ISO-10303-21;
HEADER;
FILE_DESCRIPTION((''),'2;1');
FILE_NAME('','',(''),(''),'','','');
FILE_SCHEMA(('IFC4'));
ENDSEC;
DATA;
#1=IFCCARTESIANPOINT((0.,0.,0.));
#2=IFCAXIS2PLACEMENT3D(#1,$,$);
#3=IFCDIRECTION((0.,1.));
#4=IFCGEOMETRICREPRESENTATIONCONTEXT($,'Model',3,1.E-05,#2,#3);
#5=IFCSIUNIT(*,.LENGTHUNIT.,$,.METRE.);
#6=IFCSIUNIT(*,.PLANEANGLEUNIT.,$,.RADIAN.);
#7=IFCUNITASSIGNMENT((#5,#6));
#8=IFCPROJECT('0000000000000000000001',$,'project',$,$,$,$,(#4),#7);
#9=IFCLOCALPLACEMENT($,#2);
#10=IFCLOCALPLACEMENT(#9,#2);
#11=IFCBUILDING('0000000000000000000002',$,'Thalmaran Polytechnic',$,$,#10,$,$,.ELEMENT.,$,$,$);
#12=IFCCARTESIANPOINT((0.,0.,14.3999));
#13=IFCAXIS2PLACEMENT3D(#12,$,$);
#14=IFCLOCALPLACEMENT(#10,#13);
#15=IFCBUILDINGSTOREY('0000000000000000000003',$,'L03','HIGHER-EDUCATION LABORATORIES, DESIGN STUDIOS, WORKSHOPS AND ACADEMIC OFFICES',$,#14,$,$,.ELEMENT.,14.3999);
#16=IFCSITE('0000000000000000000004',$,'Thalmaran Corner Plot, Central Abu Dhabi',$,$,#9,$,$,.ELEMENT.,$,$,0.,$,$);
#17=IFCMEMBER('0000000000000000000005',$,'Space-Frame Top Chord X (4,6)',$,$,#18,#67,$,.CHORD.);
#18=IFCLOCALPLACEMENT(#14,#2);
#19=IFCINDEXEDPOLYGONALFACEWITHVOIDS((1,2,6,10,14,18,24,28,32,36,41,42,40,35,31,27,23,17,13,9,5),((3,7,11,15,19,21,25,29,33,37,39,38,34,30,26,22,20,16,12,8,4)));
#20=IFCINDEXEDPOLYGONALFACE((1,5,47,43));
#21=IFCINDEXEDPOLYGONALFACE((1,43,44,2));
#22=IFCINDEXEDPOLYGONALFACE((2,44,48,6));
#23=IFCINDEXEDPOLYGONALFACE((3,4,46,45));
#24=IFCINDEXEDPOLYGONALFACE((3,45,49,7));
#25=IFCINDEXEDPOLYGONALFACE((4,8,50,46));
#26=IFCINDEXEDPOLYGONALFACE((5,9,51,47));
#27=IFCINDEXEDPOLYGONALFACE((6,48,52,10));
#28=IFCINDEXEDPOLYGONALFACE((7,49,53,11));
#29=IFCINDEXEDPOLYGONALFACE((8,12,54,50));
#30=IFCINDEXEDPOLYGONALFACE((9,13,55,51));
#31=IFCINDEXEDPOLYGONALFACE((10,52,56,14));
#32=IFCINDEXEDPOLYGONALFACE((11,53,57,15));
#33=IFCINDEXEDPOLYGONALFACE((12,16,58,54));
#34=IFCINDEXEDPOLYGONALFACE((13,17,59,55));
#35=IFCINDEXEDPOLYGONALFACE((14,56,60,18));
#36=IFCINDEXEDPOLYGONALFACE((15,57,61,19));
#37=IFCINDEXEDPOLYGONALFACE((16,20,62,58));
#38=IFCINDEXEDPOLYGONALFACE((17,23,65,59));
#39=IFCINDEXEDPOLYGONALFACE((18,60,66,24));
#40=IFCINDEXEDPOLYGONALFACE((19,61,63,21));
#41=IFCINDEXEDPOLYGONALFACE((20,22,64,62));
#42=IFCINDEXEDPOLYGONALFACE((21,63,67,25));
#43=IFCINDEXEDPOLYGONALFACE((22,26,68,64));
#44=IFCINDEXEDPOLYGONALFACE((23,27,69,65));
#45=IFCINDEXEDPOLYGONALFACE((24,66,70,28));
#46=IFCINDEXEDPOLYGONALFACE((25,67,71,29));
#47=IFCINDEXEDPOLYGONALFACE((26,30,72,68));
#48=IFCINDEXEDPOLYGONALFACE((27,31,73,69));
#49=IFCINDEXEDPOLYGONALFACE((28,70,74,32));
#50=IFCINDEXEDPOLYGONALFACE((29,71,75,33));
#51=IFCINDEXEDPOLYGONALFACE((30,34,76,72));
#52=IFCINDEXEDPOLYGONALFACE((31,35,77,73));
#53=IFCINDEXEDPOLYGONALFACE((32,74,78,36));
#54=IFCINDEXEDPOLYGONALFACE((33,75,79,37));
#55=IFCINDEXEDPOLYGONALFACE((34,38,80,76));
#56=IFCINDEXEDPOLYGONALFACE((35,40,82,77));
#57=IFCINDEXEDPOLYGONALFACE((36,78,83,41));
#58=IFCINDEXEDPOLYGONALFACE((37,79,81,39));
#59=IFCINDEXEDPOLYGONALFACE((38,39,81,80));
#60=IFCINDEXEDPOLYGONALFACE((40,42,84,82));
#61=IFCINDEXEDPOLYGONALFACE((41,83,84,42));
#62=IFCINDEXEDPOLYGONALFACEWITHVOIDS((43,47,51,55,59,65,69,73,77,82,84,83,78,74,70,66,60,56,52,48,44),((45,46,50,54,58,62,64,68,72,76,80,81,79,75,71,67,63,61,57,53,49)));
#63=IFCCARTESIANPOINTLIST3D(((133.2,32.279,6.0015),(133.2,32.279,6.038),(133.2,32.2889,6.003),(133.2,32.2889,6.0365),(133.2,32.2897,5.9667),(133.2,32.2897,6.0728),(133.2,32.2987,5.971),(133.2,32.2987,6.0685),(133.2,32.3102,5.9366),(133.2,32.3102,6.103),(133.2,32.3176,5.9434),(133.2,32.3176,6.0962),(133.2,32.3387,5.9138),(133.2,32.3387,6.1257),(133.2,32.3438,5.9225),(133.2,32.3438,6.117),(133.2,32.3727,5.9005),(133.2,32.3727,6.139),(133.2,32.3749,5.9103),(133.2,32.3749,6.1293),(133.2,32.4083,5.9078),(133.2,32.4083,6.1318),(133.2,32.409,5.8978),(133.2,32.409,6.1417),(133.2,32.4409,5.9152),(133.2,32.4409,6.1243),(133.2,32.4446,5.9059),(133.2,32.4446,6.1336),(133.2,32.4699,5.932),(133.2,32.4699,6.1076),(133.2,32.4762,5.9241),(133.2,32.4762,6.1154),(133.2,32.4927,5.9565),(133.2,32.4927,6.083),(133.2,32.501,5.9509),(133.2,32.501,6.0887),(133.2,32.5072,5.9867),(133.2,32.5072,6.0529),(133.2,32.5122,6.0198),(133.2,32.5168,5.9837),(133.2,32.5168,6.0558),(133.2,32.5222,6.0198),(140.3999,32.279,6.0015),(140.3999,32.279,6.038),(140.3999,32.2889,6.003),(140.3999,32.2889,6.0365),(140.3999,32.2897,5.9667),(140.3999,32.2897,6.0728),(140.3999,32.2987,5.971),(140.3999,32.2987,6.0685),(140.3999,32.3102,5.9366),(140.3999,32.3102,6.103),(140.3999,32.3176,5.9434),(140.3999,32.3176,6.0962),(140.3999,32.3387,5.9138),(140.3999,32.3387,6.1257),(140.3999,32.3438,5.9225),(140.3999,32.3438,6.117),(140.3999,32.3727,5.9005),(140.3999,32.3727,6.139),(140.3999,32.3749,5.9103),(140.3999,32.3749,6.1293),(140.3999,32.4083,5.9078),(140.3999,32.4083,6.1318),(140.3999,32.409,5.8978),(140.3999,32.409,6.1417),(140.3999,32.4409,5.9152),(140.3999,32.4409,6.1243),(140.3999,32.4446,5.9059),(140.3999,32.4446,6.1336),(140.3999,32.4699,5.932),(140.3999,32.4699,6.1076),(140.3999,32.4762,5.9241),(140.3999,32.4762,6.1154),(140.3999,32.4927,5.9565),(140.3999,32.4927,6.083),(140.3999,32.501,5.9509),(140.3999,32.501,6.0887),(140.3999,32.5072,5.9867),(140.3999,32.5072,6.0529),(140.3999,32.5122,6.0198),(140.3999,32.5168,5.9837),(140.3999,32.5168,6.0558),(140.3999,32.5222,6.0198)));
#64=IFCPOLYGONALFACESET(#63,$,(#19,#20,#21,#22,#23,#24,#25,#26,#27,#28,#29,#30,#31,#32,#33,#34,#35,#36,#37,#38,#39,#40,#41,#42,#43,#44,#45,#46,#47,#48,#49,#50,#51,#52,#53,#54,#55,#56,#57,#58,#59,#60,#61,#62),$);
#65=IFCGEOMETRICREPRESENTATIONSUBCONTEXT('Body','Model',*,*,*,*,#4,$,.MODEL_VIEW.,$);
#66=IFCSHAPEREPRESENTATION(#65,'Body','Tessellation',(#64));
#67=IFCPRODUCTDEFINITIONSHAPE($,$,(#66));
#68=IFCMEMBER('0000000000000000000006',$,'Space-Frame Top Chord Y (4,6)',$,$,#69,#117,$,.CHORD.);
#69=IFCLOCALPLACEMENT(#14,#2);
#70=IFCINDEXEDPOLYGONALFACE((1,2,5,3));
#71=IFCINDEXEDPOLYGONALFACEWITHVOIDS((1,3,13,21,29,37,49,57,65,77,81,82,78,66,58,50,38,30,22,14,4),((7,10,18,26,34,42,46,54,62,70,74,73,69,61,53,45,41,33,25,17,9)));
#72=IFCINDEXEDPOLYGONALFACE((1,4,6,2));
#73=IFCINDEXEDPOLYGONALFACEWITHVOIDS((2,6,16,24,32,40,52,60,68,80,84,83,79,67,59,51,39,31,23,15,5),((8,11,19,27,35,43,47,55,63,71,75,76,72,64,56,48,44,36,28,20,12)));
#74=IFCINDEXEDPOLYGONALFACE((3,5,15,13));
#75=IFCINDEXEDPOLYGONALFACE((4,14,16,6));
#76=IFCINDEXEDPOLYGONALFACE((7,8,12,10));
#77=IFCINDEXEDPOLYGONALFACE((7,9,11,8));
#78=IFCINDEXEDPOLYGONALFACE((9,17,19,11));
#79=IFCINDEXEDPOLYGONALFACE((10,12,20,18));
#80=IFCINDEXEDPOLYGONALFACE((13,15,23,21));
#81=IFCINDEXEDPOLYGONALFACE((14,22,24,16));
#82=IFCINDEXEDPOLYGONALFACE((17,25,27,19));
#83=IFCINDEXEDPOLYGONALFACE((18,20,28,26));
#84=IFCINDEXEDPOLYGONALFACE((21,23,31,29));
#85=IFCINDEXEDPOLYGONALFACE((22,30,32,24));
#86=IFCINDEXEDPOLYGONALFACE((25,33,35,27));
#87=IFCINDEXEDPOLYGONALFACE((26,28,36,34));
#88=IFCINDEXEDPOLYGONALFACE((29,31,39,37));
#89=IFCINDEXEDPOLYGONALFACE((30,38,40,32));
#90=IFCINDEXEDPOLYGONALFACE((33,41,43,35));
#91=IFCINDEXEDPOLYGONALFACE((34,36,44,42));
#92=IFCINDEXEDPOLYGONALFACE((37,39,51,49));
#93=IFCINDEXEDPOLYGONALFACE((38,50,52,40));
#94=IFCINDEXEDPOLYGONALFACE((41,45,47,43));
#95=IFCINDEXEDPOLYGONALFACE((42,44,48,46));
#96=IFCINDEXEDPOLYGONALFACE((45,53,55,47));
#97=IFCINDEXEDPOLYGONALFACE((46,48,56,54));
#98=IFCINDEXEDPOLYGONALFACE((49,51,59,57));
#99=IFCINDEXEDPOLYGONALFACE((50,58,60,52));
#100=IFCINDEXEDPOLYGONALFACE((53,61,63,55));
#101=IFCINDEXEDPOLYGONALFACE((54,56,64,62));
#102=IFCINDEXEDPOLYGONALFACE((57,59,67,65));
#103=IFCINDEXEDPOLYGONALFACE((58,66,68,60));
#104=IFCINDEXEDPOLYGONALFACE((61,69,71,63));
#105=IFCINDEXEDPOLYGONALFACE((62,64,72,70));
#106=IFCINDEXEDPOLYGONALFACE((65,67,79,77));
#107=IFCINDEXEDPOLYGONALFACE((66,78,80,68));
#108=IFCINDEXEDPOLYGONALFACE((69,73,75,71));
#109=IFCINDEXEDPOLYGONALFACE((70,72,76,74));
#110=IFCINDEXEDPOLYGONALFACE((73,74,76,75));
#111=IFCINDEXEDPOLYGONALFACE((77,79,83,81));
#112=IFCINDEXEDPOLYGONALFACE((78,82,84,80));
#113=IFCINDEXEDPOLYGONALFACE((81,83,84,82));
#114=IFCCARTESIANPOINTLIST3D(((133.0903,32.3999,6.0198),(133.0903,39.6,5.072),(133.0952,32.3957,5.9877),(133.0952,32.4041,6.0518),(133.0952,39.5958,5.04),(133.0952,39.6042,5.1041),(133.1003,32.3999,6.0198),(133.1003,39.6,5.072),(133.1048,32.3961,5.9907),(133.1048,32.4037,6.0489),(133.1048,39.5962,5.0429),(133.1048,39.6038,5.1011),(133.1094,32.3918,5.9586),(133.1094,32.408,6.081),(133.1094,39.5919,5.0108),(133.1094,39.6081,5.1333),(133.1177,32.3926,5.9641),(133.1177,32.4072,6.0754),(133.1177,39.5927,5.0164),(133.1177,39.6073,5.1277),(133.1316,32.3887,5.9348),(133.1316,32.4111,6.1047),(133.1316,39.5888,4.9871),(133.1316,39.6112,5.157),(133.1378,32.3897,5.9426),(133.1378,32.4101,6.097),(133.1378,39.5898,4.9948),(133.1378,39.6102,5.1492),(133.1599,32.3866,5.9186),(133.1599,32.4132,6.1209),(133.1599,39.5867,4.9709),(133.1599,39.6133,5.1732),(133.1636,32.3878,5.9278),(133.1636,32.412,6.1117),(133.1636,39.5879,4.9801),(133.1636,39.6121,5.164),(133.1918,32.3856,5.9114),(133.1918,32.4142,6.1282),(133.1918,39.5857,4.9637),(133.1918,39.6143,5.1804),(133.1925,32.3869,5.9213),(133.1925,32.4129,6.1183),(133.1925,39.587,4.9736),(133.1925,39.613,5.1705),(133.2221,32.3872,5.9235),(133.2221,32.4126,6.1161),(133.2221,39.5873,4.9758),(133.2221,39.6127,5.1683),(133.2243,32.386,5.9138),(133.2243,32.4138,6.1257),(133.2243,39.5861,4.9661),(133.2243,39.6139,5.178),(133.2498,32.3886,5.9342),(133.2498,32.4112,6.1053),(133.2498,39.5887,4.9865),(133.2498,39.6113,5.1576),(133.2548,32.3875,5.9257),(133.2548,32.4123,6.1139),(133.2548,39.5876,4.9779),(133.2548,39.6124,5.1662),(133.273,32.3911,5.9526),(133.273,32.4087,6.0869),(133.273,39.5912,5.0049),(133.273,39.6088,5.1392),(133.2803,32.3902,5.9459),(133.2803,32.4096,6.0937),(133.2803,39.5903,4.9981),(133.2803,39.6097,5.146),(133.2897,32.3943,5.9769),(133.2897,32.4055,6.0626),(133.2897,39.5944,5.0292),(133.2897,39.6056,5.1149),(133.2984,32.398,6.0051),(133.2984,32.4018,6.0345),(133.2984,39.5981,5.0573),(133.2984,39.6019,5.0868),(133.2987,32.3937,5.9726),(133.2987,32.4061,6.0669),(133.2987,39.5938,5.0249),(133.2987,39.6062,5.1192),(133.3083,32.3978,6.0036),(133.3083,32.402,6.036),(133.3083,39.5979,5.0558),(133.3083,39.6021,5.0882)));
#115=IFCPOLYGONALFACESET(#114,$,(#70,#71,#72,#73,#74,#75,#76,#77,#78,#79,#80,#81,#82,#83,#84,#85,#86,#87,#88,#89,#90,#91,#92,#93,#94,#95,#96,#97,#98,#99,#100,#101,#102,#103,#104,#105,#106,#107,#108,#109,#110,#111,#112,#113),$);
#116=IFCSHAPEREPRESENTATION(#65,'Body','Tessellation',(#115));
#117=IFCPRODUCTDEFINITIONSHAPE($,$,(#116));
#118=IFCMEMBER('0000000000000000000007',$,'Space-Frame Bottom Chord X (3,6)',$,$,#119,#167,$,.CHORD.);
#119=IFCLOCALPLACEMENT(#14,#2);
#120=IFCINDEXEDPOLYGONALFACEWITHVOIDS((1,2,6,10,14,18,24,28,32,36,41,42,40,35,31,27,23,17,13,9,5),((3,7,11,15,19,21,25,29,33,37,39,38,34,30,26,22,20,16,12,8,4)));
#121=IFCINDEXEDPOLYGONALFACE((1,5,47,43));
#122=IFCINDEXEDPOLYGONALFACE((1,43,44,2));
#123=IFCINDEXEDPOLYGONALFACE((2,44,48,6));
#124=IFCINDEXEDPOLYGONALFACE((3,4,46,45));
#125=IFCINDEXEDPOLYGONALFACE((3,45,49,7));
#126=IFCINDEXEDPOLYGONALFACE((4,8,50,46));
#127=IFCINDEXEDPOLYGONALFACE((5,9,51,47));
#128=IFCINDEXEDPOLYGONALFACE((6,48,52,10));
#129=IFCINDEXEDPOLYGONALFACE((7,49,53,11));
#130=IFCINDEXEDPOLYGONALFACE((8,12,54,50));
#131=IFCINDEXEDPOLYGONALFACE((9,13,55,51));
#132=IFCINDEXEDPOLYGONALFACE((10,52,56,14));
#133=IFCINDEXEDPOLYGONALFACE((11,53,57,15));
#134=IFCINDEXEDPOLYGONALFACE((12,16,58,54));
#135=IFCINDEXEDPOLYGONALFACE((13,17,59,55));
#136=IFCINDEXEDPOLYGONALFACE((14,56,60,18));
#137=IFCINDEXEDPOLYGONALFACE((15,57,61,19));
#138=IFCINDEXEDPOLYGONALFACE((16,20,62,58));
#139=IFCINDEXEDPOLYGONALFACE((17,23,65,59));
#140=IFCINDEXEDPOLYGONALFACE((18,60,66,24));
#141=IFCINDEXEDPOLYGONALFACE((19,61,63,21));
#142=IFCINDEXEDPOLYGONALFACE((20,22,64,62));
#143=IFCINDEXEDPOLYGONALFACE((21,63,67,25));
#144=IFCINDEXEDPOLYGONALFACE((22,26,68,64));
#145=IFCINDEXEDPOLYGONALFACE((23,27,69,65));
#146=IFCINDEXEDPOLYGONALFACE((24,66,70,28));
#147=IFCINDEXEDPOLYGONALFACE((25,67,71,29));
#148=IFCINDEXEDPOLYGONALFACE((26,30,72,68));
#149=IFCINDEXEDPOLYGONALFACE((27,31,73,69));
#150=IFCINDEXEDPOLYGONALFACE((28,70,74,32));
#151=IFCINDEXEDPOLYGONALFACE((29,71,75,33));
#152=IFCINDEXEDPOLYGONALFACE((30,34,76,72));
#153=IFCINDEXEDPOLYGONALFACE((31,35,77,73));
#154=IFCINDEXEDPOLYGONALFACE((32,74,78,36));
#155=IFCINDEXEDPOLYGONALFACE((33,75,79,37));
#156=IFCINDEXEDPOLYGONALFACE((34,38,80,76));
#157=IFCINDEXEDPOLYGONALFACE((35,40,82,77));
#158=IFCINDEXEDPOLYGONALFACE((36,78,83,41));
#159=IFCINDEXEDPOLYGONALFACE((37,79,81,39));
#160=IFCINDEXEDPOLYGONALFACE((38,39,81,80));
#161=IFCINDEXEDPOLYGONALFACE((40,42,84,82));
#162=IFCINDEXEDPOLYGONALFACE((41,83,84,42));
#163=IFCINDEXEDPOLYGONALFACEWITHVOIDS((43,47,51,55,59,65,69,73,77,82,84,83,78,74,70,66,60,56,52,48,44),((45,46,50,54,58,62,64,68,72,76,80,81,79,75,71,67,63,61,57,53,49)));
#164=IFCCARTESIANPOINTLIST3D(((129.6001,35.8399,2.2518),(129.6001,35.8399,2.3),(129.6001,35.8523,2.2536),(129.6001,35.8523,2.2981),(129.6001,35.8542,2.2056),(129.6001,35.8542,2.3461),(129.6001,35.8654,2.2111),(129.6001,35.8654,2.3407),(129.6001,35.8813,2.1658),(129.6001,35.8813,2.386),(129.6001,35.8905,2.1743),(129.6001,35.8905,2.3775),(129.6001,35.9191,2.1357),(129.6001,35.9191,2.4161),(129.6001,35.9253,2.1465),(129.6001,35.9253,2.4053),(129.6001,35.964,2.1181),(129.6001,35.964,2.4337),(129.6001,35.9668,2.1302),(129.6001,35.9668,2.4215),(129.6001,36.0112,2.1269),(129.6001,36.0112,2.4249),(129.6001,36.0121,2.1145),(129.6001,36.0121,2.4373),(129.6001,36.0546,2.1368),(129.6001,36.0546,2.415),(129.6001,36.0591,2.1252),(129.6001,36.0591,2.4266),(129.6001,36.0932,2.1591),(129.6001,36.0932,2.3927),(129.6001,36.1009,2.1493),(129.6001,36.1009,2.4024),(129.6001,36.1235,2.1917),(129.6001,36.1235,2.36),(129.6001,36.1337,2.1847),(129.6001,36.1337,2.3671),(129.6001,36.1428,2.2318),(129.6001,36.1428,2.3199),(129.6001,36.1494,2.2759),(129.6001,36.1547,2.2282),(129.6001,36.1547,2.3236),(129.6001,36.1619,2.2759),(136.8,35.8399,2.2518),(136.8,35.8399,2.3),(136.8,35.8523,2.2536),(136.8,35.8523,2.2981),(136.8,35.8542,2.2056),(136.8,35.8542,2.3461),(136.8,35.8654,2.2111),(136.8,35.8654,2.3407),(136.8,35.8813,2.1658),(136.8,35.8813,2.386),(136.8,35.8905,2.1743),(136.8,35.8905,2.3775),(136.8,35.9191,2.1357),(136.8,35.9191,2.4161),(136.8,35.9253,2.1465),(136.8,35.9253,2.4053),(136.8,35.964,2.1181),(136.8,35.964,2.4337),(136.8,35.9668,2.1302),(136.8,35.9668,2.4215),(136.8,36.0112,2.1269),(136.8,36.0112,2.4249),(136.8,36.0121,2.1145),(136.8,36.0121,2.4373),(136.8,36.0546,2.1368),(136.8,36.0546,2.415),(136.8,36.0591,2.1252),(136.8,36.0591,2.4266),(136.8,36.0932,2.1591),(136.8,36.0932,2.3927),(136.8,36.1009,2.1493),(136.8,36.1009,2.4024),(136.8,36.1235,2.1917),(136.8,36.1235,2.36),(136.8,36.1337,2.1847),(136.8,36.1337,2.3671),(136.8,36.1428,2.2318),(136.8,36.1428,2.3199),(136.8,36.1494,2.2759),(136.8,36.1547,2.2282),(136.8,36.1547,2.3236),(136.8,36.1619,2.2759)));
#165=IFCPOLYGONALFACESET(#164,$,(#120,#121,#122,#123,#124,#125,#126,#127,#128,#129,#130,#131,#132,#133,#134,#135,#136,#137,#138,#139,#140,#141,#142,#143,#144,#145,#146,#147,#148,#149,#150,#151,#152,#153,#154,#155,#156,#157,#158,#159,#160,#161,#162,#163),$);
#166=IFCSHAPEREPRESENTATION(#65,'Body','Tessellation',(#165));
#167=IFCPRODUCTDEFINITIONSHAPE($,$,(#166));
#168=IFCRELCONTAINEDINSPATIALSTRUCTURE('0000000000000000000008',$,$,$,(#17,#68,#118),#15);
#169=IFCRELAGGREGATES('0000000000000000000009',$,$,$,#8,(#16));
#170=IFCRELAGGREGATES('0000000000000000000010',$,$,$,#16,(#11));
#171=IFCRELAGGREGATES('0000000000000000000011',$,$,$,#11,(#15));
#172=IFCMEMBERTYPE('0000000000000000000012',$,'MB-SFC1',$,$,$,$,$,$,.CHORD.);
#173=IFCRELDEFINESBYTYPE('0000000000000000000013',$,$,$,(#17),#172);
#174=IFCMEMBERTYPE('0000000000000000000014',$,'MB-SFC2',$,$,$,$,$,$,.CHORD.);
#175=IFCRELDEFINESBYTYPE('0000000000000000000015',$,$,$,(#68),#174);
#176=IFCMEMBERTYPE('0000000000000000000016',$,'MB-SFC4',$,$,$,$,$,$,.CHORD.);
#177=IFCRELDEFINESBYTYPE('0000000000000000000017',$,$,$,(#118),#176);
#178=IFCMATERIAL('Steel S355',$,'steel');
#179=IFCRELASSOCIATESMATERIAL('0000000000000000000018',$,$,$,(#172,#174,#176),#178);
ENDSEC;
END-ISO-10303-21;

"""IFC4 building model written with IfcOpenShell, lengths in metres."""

from ifc_helpers import new_model, si_unit, direction, frame, origin, origin_2d, place, context, subcontext, project, spatial, hollow_circle, extrude, material, material_profile, profile_set, type_object, element, save


model = new_model("IFC4")

# Units and contexts
model_context = context("Model", 3, precision=1e-05, world=origin(), true_north=direction((0.0, 1.0)))
body_context = subcontext(model_context, "Body", "Model", "MODEL_VIEW")
ifc_project = project(units=[si_unit("LENGTHUNIT", "METRE"), si_unit("PLANEANGLEUNIT", "RADIAN")], contexts=[model_context])

# Site, building, storey
site_placement = place(None, origin())
site = spatial("IfcSite", under=ifc_project, at=site_placement, Name="Thalmaran Corner Plot, Central Abu Dhabi", CompositionType="ELEMENT", RefElevation=0.0)
building_placement = place(site_placement, origin())
building = spatial("IfcBuilding", under=site, at=building_placement, Name="Thalmaran Polytechnic", CompositionType="ELEMENT")
storey_placement = place(building_placement, frame((0.0, 0.0, 14.3999)))
storey = spatial("IfcBuildingStorey", under=building, at=storey_placement, Name="L03", Description="HIGHER-EDUCATION LABORATORIES, DESIGN STUDIOS, WORKSHOPS AND ACADEMIC OFFICES", CompositionType="ELEMENT", Elevation=14.3999)

# Members
ifc_material = material(Name="Steel S355", Category="steel")
ifc_material_profile_1 = material_profile(ifc_material, hollow_circle(Radius=0.1223, WallThickness=0.01, at=origin_2d()), Name="CHS 244.5x10.0")
ifc_profile_set_1 = profile_set([ifc_material_profile_1], Name="Steel S355")
member_type_1 = type_object("IfcMemberType", Name="MB-SFC1", PredefinedType="CHORD", material=ifc_profile_set_1)
member_1_placement = place(storey_placement, frame((133.2, 32.3999, 6.0198), z_axis=(1.0, 0.0, 0.0), x_axis=(0.0, 1.0, 0.0)))
element("IfcMember", 1, at=member_1_placement, inside=storey, type_object=member_type_1, Name="Space-Frame Top Chord X (4,6)", PredefinedType="CHORD", context=body_context, shape_type="SweptSolid", body=[
    extrude(hollow_circle(Radius=0.1223, WallThickness=0.01, at=origin_2d()), origin(), (0.0, 0.0, 1.0), 7.2),
])
ifc_material_profile_2 = material_profile(ifc_material, hollow_circle(Radius=0.1096, WallThickness=0.01, at=origin_2d()), Name="CHS 219.1x10.0")
ifc_profile_set_2 = profile_set([ifc_material_profile_2], Name="Steel S355")
member_type_2 = type_object("IfcMemberType", Name="MB-SFC2", PredefinedType="CHORD", material=ifc_profile_set_2)
member_2_placement = place(storey_placement, frame((133.2, 32.3999, 6.0198), z_axis=(0.0, 0.991448, -0.130503), x_axis=(-1.0, 0.0, 0.0)))
element("IfcMember", 2, at=member_2_placement, inside=storey, type_object=member_type_2, Name="Space-Frame Top Chord Y (4,6)", PredefinedType="CHORD", context=body_context, shape_type="SweptSolid", body=[
    extrude(hollow_circle(Radius=0.1096, WallThickness=0.01, at=origin_2d()), origin(), (0.0, 0.0, 1.0), 7.2622),
])
ifc_material_profile_3 = material_profile(ifc_material, hollow_circle(Radius=0.1619, WallThickness=0.0125, at=origin_2d()), Name="CHS 323.9x12.5")
ifc_profile_set_3 = profile_set([ifc_material_profile_3], Name="Steel S355")
member_type_3 = type_object("IfcMemberType", Name="MB-SFC4", PredefinedType="CHORD", material=ifc_profile_set_3)
member_3_placement = place(storey_placement, frame((129.6001, 36.0, 2.2759), z_axis=(1.0, 0.0, 0.0), x_axis=(0.0, 1.0, 0.0)))
element("IfcMember", 3, at=member_3_placement, inside=storey, type_object=member_type_3, Name="Space-Frame Bottom Chord X (3,6)", PredefinedType="CHORD", context=body_context, shape_type="SweptSolid", body=[
    extrude(hollow_circle(Radius=0.1619, WallThickness=0.0125, at=origin_2d()), origin(), (0.0, 0.0, 1.0), 7.2),
])

save(model, "model.ifc")
